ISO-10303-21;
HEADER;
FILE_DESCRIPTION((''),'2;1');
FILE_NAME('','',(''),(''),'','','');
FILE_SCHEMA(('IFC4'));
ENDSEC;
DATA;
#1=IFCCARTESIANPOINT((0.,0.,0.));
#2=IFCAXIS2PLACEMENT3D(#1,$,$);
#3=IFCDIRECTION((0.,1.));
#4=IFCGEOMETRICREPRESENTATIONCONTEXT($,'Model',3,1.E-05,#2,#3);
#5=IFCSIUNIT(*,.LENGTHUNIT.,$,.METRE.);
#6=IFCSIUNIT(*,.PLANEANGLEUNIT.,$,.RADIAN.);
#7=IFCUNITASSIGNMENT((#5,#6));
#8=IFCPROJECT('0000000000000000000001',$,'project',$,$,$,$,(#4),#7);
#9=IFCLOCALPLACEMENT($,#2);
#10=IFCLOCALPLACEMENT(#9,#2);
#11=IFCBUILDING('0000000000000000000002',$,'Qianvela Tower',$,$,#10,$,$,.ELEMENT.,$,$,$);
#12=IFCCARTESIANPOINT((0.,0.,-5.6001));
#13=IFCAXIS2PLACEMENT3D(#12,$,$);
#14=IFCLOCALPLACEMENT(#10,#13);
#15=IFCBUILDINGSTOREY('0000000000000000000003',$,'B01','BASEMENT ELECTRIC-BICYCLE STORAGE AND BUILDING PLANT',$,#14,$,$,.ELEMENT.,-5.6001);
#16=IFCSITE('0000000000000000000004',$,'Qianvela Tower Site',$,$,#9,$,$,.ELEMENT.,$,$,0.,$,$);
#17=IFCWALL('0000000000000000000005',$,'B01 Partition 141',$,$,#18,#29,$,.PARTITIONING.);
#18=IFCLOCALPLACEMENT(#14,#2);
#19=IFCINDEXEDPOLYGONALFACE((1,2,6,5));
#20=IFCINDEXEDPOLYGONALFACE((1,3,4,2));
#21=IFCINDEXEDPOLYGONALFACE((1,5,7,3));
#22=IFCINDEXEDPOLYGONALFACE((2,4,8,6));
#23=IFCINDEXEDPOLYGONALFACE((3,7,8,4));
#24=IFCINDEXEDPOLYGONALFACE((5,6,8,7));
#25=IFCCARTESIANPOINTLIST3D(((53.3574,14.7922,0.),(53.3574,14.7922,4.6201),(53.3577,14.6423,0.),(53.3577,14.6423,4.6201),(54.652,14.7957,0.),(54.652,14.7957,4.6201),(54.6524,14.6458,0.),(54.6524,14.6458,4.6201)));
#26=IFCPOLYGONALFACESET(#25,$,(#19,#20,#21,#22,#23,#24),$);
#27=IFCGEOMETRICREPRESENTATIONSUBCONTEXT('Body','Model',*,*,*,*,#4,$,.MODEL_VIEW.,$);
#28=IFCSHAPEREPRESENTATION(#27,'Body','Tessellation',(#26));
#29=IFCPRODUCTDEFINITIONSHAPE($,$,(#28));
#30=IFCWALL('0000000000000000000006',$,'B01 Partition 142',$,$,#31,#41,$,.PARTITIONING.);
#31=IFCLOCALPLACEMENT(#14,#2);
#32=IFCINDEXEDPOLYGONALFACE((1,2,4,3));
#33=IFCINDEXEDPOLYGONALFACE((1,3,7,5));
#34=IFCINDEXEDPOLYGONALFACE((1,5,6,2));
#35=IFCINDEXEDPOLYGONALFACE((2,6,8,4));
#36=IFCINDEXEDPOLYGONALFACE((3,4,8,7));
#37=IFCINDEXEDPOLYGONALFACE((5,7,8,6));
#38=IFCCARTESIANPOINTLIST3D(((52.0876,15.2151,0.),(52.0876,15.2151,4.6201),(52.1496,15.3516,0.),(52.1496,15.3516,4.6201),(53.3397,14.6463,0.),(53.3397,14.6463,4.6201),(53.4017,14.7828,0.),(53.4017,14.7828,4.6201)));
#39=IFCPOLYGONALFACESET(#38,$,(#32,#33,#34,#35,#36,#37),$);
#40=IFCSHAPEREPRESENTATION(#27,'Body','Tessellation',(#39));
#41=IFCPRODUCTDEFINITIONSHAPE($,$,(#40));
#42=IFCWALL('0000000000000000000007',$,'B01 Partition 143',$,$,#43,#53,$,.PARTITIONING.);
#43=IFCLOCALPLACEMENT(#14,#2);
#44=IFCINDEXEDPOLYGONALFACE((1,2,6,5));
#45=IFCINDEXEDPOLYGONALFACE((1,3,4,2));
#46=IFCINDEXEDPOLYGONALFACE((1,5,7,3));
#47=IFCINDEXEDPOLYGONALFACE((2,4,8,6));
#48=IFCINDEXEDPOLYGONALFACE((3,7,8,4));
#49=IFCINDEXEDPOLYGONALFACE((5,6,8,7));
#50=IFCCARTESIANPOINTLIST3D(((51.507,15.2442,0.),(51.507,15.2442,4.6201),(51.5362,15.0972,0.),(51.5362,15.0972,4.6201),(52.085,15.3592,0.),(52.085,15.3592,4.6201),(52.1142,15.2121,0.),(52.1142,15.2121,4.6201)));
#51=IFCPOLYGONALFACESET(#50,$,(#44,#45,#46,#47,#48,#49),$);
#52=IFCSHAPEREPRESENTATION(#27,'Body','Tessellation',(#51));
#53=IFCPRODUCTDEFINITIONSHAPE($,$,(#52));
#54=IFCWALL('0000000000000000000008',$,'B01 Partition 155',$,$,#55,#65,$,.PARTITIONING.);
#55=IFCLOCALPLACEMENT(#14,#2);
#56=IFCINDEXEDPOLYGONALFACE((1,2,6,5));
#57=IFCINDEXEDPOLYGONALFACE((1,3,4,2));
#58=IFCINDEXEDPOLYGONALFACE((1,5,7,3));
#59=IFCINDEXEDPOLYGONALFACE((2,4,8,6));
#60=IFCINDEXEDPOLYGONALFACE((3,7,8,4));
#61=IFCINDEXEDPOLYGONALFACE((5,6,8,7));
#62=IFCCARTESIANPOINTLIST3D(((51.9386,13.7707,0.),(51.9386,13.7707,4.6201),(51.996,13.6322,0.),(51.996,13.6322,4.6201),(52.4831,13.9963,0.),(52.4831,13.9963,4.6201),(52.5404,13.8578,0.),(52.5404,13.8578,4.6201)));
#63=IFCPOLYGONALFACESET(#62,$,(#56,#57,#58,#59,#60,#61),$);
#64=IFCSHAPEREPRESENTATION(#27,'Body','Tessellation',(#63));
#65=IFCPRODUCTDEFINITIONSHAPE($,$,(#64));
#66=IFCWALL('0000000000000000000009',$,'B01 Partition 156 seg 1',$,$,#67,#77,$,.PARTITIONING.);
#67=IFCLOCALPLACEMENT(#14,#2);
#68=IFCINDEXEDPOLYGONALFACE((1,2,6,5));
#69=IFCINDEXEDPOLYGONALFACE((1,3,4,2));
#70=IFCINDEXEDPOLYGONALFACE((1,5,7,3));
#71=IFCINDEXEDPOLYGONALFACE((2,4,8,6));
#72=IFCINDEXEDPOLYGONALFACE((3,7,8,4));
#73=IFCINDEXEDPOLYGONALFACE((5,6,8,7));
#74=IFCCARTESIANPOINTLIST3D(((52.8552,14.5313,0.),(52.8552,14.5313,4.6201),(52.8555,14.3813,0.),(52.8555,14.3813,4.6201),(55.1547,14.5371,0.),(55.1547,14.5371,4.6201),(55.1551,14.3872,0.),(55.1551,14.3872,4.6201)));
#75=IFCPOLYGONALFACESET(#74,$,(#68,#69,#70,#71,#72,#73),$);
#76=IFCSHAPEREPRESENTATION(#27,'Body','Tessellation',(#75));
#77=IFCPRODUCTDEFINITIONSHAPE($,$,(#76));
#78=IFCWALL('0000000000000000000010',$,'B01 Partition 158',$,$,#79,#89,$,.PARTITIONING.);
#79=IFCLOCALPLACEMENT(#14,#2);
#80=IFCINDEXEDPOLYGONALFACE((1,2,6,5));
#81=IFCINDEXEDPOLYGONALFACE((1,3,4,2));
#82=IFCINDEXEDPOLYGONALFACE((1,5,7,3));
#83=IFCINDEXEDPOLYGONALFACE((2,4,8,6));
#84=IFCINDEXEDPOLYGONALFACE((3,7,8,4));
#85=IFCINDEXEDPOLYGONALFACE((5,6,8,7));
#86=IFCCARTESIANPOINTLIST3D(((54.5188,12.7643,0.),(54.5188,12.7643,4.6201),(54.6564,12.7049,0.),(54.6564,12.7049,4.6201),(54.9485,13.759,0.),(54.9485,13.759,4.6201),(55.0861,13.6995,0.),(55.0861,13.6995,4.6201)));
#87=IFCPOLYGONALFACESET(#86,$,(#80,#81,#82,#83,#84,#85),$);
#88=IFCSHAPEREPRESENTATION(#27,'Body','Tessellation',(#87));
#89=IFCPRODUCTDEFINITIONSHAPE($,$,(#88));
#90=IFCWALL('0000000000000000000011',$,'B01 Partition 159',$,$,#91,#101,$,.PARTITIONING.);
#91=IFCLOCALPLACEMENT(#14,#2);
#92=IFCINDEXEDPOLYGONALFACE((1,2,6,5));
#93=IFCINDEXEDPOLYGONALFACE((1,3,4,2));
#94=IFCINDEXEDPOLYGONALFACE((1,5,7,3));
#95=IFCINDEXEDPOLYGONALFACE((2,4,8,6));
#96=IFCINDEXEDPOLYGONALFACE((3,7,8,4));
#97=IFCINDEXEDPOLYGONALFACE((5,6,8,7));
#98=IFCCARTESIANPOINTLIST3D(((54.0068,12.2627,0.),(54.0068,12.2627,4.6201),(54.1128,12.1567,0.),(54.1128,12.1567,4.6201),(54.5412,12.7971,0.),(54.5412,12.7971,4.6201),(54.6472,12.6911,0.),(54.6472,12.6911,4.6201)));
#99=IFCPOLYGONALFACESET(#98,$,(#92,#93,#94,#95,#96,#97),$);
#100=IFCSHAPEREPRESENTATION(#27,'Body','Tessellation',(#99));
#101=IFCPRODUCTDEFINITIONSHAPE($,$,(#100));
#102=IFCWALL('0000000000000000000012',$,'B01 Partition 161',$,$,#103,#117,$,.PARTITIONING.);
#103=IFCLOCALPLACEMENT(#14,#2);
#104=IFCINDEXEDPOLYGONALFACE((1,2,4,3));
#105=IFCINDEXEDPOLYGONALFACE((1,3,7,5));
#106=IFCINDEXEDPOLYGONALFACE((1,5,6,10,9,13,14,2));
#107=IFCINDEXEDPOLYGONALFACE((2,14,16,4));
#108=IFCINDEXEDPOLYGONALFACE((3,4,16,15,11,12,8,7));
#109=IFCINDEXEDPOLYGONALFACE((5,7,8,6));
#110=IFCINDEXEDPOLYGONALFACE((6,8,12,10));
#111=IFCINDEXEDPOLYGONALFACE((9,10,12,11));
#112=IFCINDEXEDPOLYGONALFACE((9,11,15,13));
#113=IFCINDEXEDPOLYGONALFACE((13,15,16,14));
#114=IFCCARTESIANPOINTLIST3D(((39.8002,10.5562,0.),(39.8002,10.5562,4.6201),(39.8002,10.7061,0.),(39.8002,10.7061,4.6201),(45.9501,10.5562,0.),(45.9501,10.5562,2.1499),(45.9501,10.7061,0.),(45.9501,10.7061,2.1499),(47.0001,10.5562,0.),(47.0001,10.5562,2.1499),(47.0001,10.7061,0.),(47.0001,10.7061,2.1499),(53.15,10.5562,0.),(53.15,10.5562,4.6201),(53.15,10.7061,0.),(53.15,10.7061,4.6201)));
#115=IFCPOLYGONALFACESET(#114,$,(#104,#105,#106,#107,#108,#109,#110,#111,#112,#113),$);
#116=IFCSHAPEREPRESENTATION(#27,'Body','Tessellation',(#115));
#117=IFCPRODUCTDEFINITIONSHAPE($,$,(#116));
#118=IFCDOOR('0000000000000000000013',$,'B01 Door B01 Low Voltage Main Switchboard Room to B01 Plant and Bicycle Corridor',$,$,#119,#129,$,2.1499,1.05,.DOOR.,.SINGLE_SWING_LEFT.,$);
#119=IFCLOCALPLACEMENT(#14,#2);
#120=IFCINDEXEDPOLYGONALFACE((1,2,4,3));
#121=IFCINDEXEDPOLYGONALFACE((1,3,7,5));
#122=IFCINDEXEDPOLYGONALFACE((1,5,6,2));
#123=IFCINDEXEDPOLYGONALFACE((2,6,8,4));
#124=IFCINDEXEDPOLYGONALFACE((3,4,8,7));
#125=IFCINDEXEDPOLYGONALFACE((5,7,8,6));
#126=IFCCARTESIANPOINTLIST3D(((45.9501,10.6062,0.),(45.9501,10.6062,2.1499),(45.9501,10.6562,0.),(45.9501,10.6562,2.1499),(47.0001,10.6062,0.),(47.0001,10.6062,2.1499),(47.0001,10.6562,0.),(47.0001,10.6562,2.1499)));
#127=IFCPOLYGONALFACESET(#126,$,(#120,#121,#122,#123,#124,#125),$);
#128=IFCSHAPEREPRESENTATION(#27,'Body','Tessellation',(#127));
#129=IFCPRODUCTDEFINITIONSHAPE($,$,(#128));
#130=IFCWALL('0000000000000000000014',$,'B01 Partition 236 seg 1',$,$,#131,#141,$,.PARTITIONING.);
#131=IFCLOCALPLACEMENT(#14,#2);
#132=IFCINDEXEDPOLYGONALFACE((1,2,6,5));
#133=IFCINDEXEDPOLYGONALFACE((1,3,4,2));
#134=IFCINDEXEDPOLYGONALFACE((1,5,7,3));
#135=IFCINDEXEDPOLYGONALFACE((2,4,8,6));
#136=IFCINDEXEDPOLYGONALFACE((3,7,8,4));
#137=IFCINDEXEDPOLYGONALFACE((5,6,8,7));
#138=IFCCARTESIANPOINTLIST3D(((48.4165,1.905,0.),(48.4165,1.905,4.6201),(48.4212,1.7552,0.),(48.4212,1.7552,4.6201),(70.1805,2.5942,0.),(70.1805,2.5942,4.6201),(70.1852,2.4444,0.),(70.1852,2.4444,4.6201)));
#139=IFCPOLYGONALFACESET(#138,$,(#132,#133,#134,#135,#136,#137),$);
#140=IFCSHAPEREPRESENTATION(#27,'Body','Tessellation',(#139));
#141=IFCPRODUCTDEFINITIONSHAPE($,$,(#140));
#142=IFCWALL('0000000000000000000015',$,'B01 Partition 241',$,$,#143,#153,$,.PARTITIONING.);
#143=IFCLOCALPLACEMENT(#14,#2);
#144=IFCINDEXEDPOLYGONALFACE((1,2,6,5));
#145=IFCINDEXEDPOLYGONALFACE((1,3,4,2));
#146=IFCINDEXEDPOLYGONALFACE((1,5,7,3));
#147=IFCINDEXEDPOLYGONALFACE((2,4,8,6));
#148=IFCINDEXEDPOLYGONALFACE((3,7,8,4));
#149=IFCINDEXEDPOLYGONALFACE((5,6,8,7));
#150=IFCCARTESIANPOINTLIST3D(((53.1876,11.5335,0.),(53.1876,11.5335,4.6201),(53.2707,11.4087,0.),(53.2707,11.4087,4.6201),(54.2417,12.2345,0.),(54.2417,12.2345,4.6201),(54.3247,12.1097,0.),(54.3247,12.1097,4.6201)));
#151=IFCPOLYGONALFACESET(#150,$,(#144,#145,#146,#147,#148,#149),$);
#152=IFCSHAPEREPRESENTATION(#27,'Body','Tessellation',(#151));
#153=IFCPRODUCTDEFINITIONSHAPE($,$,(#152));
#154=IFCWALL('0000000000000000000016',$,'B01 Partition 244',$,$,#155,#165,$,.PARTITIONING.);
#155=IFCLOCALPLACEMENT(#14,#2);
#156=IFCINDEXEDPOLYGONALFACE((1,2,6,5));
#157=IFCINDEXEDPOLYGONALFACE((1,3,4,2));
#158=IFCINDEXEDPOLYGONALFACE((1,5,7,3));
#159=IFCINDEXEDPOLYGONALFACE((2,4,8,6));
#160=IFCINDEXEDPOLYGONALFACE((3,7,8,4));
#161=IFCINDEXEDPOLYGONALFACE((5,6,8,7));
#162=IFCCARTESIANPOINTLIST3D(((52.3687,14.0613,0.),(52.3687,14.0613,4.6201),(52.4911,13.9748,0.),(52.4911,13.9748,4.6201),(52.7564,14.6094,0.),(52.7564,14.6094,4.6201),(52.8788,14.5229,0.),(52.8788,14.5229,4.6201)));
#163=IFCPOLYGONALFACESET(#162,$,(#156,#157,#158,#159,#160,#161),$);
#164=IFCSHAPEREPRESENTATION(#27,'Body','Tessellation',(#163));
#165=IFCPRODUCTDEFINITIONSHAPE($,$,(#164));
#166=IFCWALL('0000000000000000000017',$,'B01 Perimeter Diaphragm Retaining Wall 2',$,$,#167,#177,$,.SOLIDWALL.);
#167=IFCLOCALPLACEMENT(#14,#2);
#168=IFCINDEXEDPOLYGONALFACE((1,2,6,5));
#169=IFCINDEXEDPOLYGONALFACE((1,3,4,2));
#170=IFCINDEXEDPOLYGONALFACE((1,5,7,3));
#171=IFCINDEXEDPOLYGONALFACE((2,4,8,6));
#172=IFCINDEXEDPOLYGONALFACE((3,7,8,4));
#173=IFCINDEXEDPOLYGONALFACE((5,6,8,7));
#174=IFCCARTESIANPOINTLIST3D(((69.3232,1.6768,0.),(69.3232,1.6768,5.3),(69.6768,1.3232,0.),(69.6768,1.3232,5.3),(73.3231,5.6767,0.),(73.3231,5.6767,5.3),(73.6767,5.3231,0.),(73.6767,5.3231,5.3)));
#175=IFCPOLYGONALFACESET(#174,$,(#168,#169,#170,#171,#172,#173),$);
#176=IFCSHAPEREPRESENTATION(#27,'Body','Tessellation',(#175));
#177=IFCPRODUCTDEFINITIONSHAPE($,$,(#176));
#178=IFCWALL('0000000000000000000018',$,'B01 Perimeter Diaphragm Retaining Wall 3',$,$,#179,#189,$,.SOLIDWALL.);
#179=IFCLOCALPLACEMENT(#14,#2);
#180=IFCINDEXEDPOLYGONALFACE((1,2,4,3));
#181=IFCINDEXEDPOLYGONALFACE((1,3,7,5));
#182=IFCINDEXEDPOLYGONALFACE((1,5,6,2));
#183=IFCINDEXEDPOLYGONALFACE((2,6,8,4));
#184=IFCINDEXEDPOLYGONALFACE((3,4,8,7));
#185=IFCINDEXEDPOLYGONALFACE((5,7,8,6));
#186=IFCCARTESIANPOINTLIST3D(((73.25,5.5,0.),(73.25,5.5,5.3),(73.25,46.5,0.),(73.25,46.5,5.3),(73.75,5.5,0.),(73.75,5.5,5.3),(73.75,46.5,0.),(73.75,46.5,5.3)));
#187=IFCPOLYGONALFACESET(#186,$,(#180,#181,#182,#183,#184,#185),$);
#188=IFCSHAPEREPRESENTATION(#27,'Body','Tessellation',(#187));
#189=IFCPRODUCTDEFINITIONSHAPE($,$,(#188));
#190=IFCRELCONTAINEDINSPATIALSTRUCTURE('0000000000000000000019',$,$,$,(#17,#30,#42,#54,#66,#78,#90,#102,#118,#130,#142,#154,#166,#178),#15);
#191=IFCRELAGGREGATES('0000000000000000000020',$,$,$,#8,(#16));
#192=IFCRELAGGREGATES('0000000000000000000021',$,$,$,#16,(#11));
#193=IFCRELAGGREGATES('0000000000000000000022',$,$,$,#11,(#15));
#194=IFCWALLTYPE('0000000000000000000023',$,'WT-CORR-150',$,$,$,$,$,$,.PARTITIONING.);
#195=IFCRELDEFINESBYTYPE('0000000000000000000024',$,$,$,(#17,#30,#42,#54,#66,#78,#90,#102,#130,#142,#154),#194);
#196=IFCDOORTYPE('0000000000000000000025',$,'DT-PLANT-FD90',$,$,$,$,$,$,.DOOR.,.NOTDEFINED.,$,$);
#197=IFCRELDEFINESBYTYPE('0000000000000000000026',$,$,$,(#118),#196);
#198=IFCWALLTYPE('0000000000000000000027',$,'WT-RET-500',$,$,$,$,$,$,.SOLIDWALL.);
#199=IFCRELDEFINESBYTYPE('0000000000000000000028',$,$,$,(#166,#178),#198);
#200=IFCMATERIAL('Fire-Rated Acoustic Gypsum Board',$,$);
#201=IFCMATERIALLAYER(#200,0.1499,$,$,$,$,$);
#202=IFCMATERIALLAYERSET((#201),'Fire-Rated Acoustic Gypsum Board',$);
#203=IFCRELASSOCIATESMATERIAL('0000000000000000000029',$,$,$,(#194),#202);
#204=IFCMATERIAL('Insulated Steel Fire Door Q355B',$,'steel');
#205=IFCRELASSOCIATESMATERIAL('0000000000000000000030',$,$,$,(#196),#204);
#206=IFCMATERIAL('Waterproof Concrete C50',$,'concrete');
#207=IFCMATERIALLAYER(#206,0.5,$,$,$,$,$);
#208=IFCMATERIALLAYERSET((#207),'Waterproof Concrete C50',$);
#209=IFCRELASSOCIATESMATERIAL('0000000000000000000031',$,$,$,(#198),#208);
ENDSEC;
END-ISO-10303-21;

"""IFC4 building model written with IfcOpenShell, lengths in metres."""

from ifc_helpers import new_model, si_unit, direction, frame, frame_2d, origin, place, context, subcontext, project, spatial, rectangle, extrude, material, layer, layer_set, type_object, element, fill, save


model = new_model("IFC4")

# Units and contexts
model_context = context("Model", 3, precision=1e-05, world=origin(), true_north=direction((0.0, 1.0)))
body_context = subcontext(model_context, "Body", "Model", "MODEL_VIEW")
ifc_project = project(units=[si_unit("LENGTHUNIT", "METRE"), si_unit("PLANEANGLEUNIT", "RADIAN")], contexts=[model_context])

# Site, building, storey
site_placement = place(None, origin())
site = spatial("IfcSite", under=ifc_project, at=site_placement, Name="Qianvela Tower Site", CompositionType="ELEMENT", RefElevation=0.0)
building_placement = place(site_placement, origin())
building = spatial("IfcBuilding", under=site, at=building_placement, Name="Qianvela Tower", CompositionType="ELEMENT")
storey_placement = place(building_placement, frame((0.0, 0.0, -5.6001)))
storey = spatial("IfcBuildingStorey", under=building, at=storey_placement, Name="B01", Description="BASEMENT ELECTRIC-BICYCLE STORAGE AND BUILDING PLANT", CompositionType="ELEMENT", Elevation=-5.6001)

# Walls
ifc_material_1 = material(Name="Fire-Rated Acoustic Gypsum Board")
ifc_layer_1 = layer(ifc_material_1, 0.1499)
ifc_layer_set_1 = layer_set([ifc_layer_1], Name="Fire-Rated Acoustic Gypsum Board")
wall_type_1 = type_object("IfcWallType", Name="WT-CORR-150", PredefinedType="PARTITIONING", material=ifc_layer_set_1)
wall_1_placement = place(storey_placement, frame((54.6523, 14.7207, 0.0), z_axis=(0.0, 0.0, 1.0), x_axis=(-0.999997, -0.00264, 0.0)))
element("IfcWall", 1, at=wall_1_placement, inside=storey, type_object=wall_type_1, Name="B01 Partition 141", PredefinedType="PARTITIONING", context=body_context, shape_type="SweptSolid", body=[
    extrude(rectangle(XDim=1.2947, YDim=0.1499, at=frame_2d((0.6475, 0.0))), origin(), (0.0, 0.0, 1.0), 4.6201),
])
wall_2_placement = place(storey_placement, frame((53.3706, 14.7146, 0.0), z_axis=(0.0, 0.0, 1.0), x_axis=(-0.910458, 0.413602, 0.0)))
element("IfcWall", 2, at=wall_2_placement, inside=storey, type_object=wall_type_1, Name="B01 Partition 142", PredefinedType="PARTITIONING", context=body_context, shape_type="SweptSolid", body=[
    extrude(rectangle(XDim=1.3752, YDim=0.1499, at=frame_2d((0.6875, 0.0))), origin(), (0.0, 0.0, 1.0), 4.6201),
])
for number, where, z_axis, x_axis, name in (
    (3, (52.0996, 15.2856, 0.0), (0.0, 0.0, 1.0), (-0.980787, -0.195081, 0.0), "B01 Partition 143"),
    (4, (51.9673, 13.7014, 0.0), (0.0, 0.0, 1.0), (0.923835, 0.382791, 0.0), "B01 Partition 155"),
):
    element("IfcWall", number, at=place(storey_placement, frame(where, z_axis=z_axis, x_axis=x_axis)), inside=storey, type_object=wall_type_1, Name=name, PredefinedType="PARTITIONING", context=body_context, shape_type="SweptSolid", body=[
        extrude(rectangle(XDim=0.5894, YDim=0.1499, at=frame_2d((0.2947, 0.0))), origin(), (0.0, 0.0, 1.0), 4.6201),
    ])
wall_3_placement = place(storey_placement, frame((52.8552, 14.4563, 0.0), z_axis=(0.0, 0.0, 1.0), x_axis=(0.999997, 0.002548, 0.0)))
element("IfcWall", 5, at=wall_3_placement, inside=storey, type_object=wall_type_1, Name="B01 Partition 156 seg 1", PredefinedType="PARTITIONING", context=body_context, shape_type="SweptSolid", body=[
    extrude(rectangle(XDim=2.2996, YDim=0.1499, at=frame_2d((1.1499, 0.0))), origin(), (0.0, 0.0, 1.0), 4.6201),
])
wall_4_placement = place(storey_placement, frame((55.0173, 13.7292, 0.0), z_axis=(0.0, 0.0, 1.0), x_axis=(-0.396583, -0.917999, 0.0)))
element("IfcWall", 6, at=wall_4_placement, inside=storey, type_object=wall_type_1, Name="B01 Partition 158", PredefinedType="PARTITIONING", context=body_context, shape_type="SweptSolid", body=[
    extrude(rectangle(XDim=1.0835, YDim=0.1499, at=frame_2d((0.5417, 0.0))), origin(), (0.0, 0.0, 1.0), 4.6201),
])
wall_5_placement = place(storey_placement, frame((54.5942, 12.7441, 0.0), z_axis=(0.0, 0.0, 1.0), x_axis=(-0.707107, -0.707107, 0.0)))
element("IfcWall", 7, at=wall_5_placement, inside=storey, type_object=wall_type_1, Name="B01 Partition 159", PredefinedType="PARTITIONING", context=body_context, shape_type="SweptSolid", body=[
    extrude(rectangle(XDim=0.7559, YDim=0.1499, at=frame_2d((0.3779, 0.0))), origin(), (0.0, 0.0, 1.0), 4.6201),
])

# Wall, opening, door
wall_6_placement = place(storey_placement, frame((53.1499, 10.6311, 0.0), z_axis=(0.0, 0.0, 1.0), x_axis=(-1.0, 0.0, 0.0)))
wall_6 = element("IfcWall", 8, at=wall_6_placement, inside=storey, type_object=wall_type_1, Name="B01 Partition 161", PredefinedType="PARTITIONING", context=body_context, shape_type="SweptSolid", body=[
    extrude(rectangle(XDim=13.3499, YDim=0.1499, at=frame_2d((6.6748, 0.0))), origin(), (0.0, 0.0, 1.0), 4.6201),
])
opening_placement = place(wall_6_placement, frame((6.1499, 0.0, 0.0)))
opening = element("IfcOpeningElement", 9, at=opening_placement, cuts=wall_6, PredefinedType="OPENING", context=body_context, shape_type="SweptSolid", body=[
    extrude(rectangle(XDim=1.05, YDim=2.1499, at=frame_2d((0.5249, 1.075))), frame((0.0, 0.085, 0.0), z_axis=(0.0, -1.0, 0.0), x_axis=(1.0, 0.0, 0.0)), (0.0, 0.0, 1.0), 0.1699),
])
ifc_material_2 = material(Name="Insulated Steel Fire Door Q355B", Category="steel")
door_type = type_object("IfcDoorType", Name="DT-PLANT-FD90", OperationType="NOTDEFINED", PredefinedType="DOOR", material=ifc_material_2)
door_placement = place(opening_placement, origin())
door = element("IfcDoor", 10, at=door_placement, inside=storey, type_object=door_type, Name="B01 Door B01 Low Voltage Main Switchboard Room to B01 Plant and Bicycle Corridor", OperationType="SINGLE_SWING_LEFT", OverallHeight=2.1499, OverallWidth=1.05, PredefinedType="DOOR", context=body_context, shape_type="SweptSolid", body=[
    extrude(rectangle(XDim=1.05, YDim=2.1499, at=frame_2d((0.5249, 1.075))), frame((0.0, 0.0249, 0.0), z_axis=(0.0, -1.0, 0.0), x_axis=(1.0, 0.0, 0.0)), (0.0, 0.0, 1.0), 0.05),
])
fill(opening, door)

# Walls
wall_7_placement = place(storey_placement, frame((70.1829, 2.5193, 0.0), z_axis=(0.0, 0.0, 1.0), x_axis=(-0.999499, -0.031652, 0.0)))
element("IfcWall", 11, at=wall_7_placement, inside=storey, type_object=wall_type_1, Name="B01 Partition 236 seg 1", PredefinedType="PARTITIONING", context=body_context, shape_type="SweptSolid", body=[
    extrude(rectangle(XDim=21.7749, YDim=0.1499, at=frame_2d((10.8875, 0.0))), origin(), (0.0, 0.0, 1.0), 4.6201),
])
wall_8_placement = place(storey_placement, frame((53.2292, 11.4712, 0.0), z_axis=(0.0, 0.0, 1.0), x_axis=(0.832673, 0.553765, 0.0)))
element("IfcWall", 12, at=wall_8_placement, inside=storey, type_object=wall_type_1, Name="B01 Partition 241", PredefinedType="PARTITIONING", context=body_context, shape_type="SweptSolid", body=[
    extrude(rectangle(XDim=1.2659, YDim=0.1499, at=frame_2d((0.6328, 0.0))), origin(), (0.0, 0.0, 1.0), 4.6201),
])
wall_9_placement = place(storey_placement, frame((52.8176, 14.5662, 0.0), z_axis=(0.0, 0.0, 1.0), x_axis=(-0.577482, -0.816403, 0.0)))
element("IfcWall", 13, at=wall_9_placement, inside=storey, type_object=wall_type_1, Name="B01 Partition 244", PredefinedType="PARTITIONING", context=body_context, shape_type="SweptSolid", body=[
    extrude(rectangle(XDim=0.6714, YDim=0.1499, at=frame_2d((0.3357, 0.0))), origin(), (0.0, 0.0, 1.0), 4.6201),
])
ifc_material_3 = material(Name="Waterproof Concrete C50", Category="concrete")
ifc_layer_2 = layer(ifc_material_3, 0.5)
ifc_layer_set_2 = layer_set([ifc_layer_2], Name="Waterproof Concrete C50")
wall_type_2 = type_object("IfcWallType", Name="WT-RET-500", PredefinedType="SOLIDWALL", material=ifc_layer_set_2)
wall_10_placement = place(storey_placement, frame((69.5, 1.5, 0.0), z_axis=(0.0, 0.0, 1.0), x_axis=(0.707107, 0.707107, 0.0)))
element("IfcWall", 14, at=wall_10_placement, inside=storey, type_object=wall_type_2, Name="B01 Perimeter Diaphragm Retaining Wall 2", PredefinedType="SOLIDWALL", context=body_context, shape_type="SweptSolid", body=[
    extrude(rectangle(XDim=5.6567, YDim=0.5, at=frame_2d((2.8284, 0.0))), origin(), (0.0, 0.0, 1.0), 5.3),
])
wall_11_placement = place(storey_placement, frame((73.5, 5.5, 0.0), z_axis=(0.0, 0.0, 1.0), x_axis=(0.0, 1.0, 0.0)))
element("IfcWall", 15, at=wall_11_placement, inside=storey, type_object=wall_type_2, Name="B01 Perimeter Diaphragm Retaining Wall 3", PredefinedType="SOLIDWALL", context=body_context, shape_type="SweptSolid", body=[
    extrude(rectangle(XDim=41.0, YDim=0.5, at=frame_2d((20.5, 0.0))), origin(), (0.0, 0.0, 1.0), 5.3),
])

save(model, "model.ifc")
